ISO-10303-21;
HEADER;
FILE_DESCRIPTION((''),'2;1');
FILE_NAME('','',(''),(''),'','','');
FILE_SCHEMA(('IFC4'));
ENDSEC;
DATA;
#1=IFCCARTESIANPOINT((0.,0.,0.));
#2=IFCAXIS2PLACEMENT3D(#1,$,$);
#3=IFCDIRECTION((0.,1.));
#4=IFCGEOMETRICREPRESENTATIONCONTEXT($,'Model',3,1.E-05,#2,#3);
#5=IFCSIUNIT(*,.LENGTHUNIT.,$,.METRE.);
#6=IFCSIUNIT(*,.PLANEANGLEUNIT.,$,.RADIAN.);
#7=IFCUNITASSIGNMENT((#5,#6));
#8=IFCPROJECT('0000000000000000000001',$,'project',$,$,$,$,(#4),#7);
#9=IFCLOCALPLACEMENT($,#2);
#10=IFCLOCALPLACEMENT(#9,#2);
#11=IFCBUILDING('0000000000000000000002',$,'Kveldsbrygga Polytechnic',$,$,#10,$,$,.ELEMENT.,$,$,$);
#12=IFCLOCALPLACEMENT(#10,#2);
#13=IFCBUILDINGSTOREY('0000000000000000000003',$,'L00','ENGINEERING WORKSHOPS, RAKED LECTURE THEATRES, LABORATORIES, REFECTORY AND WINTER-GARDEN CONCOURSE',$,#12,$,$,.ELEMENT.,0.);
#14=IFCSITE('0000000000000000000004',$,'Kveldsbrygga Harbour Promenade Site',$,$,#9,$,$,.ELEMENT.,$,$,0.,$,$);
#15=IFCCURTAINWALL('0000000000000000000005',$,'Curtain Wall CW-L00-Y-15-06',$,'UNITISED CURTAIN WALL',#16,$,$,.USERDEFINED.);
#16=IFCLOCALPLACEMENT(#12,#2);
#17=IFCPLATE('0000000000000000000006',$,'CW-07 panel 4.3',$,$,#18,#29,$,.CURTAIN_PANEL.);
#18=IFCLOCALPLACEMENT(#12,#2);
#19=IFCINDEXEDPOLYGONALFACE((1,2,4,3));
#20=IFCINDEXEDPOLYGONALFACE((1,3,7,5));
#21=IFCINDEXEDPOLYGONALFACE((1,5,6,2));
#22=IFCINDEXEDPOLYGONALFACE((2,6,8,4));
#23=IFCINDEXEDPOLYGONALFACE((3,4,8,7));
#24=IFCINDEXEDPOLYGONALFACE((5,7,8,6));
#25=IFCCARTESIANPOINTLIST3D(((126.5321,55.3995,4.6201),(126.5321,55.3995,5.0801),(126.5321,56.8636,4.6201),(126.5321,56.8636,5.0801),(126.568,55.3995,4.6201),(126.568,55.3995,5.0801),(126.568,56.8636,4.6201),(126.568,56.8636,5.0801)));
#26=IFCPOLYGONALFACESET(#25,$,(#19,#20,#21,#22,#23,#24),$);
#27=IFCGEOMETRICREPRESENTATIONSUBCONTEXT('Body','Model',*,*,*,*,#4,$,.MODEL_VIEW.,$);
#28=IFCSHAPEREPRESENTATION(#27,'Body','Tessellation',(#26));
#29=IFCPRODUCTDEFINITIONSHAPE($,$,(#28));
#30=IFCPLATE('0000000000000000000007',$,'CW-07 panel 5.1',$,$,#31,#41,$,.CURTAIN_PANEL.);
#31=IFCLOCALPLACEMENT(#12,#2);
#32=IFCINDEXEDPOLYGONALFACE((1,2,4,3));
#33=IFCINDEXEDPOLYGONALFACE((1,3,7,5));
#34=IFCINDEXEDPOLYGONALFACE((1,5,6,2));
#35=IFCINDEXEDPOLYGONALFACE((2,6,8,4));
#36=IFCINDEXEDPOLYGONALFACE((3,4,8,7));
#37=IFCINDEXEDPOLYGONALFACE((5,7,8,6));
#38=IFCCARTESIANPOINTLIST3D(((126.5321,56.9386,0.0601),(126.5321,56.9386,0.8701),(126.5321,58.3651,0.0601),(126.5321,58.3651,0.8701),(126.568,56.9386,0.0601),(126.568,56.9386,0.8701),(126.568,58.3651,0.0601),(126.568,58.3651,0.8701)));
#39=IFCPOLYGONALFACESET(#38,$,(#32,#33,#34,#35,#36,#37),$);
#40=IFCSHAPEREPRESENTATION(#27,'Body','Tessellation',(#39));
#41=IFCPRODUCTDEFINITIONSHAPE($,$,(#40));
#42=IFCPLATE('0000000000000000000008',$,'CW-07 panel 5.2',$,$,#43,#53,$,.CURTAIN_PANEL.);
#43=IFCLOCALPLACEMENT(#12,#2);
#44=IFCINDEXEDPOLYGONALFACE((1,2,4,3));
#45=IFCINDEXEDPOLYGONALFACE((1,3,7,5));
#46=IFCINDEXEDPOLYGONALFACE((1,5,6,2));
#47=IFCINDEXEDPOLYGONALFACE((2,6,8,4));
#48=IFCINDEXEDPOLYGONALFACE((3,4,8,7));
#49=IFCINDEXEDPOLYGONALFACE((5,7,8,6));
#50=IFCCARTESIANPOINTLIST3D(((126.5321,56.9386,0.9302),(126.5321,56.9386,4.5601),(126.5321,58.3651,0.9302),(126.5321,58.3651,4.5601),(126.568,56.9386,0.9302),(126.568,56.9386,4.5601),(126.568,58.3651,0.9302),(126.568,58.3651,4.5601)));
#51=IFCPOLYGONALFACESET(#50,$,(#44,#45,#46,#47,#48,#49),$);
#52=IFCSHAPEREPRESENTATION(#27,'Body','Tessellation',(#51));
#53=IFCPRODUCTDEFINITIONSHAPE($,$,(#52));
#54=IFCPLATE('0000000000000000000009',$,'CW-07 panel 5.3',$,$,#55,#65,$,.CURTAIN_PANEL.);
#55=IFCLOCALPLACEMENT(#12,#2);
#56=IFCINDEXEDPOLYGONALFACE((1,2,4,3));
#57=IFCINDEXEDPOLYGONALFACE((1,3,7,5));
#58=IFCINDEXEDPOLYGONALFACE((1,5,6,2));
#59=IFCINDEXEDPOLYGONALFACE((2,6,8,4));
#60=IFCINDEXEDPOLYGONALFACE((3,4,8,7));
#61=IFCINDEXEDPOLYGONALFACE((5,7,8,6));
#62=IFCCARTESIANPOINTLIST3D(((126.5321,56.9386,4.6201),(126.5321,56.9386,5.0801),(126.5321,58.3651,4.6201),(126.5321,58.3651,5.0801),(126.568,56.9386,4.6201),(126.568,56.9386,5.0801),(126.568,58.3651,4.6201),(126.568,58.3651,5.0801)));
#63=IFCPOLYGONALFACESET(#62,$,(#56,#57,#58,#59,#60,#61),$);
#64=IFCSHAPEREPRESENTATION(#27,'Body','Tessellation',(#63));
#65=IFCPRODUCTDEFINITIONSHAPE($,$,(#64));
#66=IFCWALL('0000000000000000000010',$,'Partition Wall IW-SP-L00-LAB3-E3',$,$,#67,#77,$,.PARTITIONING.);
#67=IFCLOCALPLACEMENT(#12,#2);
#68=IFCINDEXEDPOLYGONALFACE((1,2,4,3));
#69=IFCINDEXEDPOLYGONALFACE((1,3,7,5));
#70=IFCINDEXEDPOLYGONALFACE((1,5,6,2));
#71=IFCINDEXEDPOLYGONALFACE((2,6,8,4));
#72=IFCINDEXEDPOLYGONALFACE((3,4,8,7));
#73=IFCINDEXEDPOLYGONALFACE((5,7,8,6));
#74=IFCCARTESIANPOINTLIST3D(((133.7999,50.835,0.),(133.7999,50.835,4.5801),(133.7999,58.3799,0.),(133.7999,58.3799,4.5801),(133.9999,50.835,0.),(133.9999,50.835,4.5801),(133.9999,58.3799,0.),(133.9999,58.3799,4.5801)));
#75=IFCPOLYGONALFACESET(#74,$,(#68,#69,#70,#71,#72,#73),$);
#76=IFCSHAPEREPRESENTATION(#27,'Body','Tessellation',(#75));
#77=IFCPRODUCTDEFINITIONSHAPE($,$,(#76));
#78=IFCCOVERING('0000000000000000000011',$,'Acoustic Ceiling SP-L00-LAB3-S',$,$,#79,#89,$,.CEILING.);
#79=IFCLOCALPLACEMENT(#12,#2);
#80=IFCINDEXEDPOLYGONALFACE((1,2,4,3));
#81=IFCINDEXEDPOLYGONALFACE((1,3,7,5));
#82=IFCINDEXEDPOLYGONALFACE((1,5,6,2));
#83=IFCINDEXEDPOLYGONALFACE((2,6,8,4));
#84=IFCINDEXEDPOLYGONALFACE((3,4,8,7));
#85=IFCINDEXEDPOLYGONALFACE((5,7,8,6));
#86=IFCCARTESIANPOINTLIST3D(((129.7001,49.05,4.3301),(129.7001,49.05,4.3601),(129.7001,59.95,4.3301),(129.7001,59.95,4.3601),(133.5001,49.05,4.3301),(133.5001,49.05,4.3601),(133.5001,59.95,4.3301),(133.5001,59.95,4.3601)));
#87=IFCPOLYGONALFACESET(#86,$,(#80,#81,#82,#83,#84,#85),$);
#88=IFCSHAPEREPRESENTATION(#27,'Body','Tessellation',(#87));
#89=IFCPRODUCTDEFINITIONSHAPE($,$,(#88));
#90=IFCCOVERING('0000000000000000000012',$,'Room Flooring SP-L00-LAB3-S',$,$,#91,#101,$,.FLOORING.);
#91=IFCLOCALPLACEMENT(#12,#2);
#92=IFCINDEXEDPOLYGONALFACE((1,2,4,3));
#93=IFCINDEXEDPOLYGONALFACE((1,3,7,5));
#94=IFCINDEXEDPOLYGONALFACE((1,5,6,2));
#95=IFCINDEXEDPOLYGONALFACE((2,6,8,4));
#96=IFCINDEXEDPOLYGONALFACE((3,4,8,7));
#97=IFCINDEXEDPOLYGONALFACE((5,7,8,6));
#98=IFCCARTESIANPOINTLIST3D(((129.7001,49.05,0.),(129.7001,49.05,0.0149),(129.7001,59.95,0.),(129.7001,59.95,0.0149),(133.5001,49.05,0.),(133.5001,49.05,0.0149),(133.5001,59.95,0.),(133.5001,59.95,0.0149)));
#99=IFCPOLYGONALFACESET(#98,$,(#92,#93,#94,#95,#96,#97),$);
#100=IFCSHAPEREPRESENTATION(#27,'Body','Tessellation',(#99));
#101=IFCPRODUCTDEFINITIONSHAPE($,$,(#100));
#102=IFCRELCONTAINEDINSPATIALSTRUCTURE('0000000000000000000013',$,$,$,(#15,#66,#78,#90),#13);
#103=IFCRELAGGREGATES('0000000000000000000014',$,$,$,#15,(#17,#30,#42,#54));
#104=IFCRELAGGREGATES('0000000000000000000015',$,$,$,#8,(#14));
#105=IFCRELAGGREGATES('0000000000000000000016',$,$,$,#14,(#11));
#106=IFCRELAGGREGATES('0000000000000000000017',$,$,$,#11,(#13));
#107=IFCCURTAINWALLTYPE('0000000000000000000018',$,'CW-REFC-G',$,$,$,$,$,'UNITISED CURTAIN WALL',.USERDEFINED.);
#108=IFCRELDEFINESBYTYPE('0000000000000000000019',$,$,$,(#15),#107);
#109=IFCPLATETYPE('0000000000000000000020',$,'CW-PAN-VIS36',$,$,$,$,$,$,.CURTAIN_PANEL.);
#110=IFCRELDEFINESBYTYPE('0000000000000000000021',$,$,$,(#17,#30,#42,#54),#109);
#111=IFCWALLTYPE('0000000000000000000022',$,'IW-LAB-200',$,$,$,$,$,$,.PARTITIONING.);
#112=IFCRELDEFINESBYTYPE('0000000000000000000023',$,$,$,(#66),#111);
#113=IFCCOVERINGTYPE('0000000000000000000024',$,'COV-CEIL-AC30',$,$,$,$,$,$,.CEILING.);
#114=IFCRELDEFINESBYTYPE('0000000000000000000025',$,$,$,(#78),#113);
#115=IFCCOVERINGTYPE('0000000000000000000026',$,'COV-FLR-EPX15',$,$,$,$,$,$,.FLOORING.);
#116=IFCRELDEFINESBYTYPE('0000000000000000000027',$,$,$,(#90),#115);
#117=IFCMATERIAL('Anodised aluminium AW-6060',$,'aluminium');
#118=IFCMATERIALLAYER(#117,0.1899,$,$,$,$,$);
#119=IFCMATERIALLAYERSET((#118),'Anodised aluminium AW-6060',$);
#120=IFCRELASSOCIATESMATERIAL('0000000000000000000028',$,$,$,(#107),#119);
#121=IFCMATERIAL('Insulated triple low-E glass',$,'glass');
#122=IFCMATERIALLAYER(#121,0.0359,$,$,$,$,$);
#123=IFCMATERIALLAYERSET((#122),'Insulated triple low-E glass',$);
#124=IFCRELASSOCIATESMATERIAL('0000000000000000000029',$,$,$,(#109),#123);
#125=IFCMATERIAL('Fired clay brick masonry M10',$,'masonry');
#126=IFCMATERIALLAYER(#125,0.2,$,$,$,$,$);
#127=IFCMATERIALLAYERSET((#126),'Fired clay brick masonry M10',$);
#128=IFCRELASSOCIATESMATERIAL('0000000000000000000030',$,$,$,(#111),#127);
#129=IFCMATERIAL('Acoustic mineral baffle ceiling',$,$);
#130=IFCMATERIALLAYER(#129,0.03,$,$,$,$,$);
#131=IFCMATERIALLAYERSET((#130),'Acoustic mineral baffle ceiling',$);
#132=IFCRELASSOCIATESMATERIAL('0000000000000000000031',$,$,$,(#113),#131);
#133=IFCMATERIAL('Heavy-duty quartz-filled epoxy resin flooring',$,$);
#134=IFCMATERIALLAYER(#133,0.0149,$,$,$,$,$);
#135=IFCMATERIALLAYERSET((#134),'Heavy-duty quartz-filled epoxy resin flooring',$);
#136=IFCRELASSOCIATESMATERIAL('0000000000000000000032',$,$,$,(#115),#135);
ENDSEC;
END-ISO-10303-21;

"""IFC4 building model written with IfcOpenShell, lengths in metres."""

from ifc_helpers import new_model, si_unit, direction, frame, frame_2d, origin, origin_2d, place, context, subcontext, project, spatial, rectangle, extrude, material, layer, layer_set, type_object, element, aggregate, save


model = new_model("IFC4")

# Units and contexts
model_context = context("Model", 3, precision=1e-05, world=origin(), true_north=direction((0.0, 1.0)))
body_context = subcontext(model_context, "Body", "Model", "MODEL_VIEW")
ifc_project = project(units=[si_unit("LENGTHUNIT", "METRE"), si_unit("PLANEANGLEUNIT", "RADIAN")], contexts=[model_context])

# Site, building, storey
site_placement = place(None, origin())
site = spatial("IfcSite", under=ifc_project, at=site_placement, Name="Kveldsbrygga Harbour Promenade Site", CompositionType="ELEMENT", RefElevation=0.0)
building_placement = place(site_placement, origin())
building = spatial("IfcBuilding", under=site, at=building_placement, Name="Kveldsbrygga Polytechnic", CompositionType="ELEMENT")
storey_placement = place(building_placement, origin())
storey = spatial("IfcBuildingStorey", under=building, at=storey_placement, Name="L00", Description="ENGINEERING WORKSHOPS, RAKED LECTURE THEATRES, LABORATORIES, REFECTORY AND WINTER-GARDEN CONCOURSE", CompositionType="ELEMENT", Elevation=0.0)

# Curtain wall
ifc_material_1 = material(Name="Anodised aluminium AW-6060", Category="aluminium")
ifc_layer_1 = layer(ifc_material_1, 0.1899)
ifc_layer_set_1 = layer_set([ifc_layer_1], Name="Anodised aluminium AW-6060")
curtain_wall_type = type_object("IfcCurtainWallType", Name="CW-REFC-G", ElementType="UNITISED CURTAIN WALL", PredefinedType="USERDEFINED", material=ifc_layer_set_1)
curtain_wall_placement = place(storey_placement, origin())
curtain_wall = element("IfcCurtainWall", 1, at=curtain_wall_placement, inside=storey, type_object=curtain_wall_type, Name="Curtain Wall CW-L00-Y-15-06", ObjectType="UNITISED CURTAIN WALL", PredefinedType="USERDEFINED")

# Plates
ifc_material_2 = material(Name="Insulated triple low-E glass", Category="glass")
ifc_layer_2 = layer(ifc_material_2, 0.0359)
ifc_layer_set_2 = layer_set([ifc_layer_2], Name="Insulated triple low-E glass")
plate_type = type_object("IfcPlateType", Name="CW-PAN-VIS36", PredefinedType="CURTAIN_PANEL", material=ifc_layer_set_2)
plate_1_placement = place(storey_placement, frame((126.55, 56.1316, 4.6201), z_axis=(0.0, 0.0, 1.0), x_axis=(0.0, 1.0, 0.0)))
plate_1 = element("IfcPlate", 2, at=plate_1_placement, type_object=plate_type, Name="CW-07 panel 4.3", PredefinedType="CURTAIN_PANEL", context=body_context, shape_type="SweptSolid", body=[
    extrude(rectangle(XDim=1.4641, YDim=0.0359, at=origin_2d()), origin(), (0.0, 0.0, 1.0), 0.46),
])
plate_2_placement = place(storey_placement, frame((126.55, 57.6519, 0.0601), z_axis=(0.0, 0.0, 1.0), x_axis=(0.0, 1.0, 0.0)))
plate_2 = element("IfcPlate", 3, at=plate_2_placement, type_object=plate_type, Name="CW-07 panel 5.1", PredefinedType="CURTAIN_PANEL", context=body_context, shape_type="SweptSolid", body=[
    extrude(rectangle(XDim=1.4265, YDim=0.0359, at=origin_2d()), origin(), (0.0, 0.0, 1.0), 0.8101),
])
plate_3_placement = place(storey_placement, frame((126.55, 57.6519, 0.9302), z_axis=(0.0, 0.0, 1.0), x_axis=(0.0, 1.0, 0.0)))
plate_3 = element("IfcPlate", 4, at=plate_3_placement, type_object=plate_type, Name="CW-07 panel 5.2", PredefinedType="CURTAIN_PANEL", context=body_context, shape_type="SweptSolid", body=[
    extrude(rectangle(XDim=1.4265, YDim=0.0359, at=origin_2d()), origin(), (0.0, 0.0, 1.0), 3.6299),
])
plate_4_placement = place(storey_placement, frame((126.55, 57.6519, 4.6201), z_axis=(0.0, 0.0, 1.0), x_axis=(0.0, 1.0, 0.0)))
plate_4 = element("IfcPlate", 5, at=plate_4_placement, type_object=plate_type, Name="CW-07 panel 5.3", PredefinedType="CURTAIN_PANEL", context=body_context, shape_type="SweptSolid", body=[
    extrude(rectangle(XDim=1.4265, YDim=0.0359, at=origin_2d()), origin(), (0.0, 0.0, 1.0), 0.46),
])
aggregate(curtain_wall, [plate_1, plate_2, plate_3, plate_4])

# Wall
ifc_material_3 = material(Name="Fired clay brick masonry M10", Category="masonry")
ifc_layer_3 = layer(ifc_material_3, 0.2)
ifc_layer_set_3 = layer_set([ifc_layer_3], Name="Fired clay brick masonry M10")
wall_type = type_object("IfcWallType", Name="IW-LAB-200", PredefinedType="PARTITIONING", material=ifc_layer_set_3)
wall_placement = place(storey_placement, frame((133.8999, 50.835, 0.0), z_axis=(0.0, 0.0, 1.0), x_axis=(0.0, 1.0, 0.0)))
element("IfcWall", 6, at=wall_placement, inside=storey, type_object=wall_type, Name="Partition Wall IW-SP-L00-LAB3-E3", PredefinedType="PARTITIONING", context=body_context, shape_type="SweptSolid", body=[
    extrude(rectangle(XDim=7.5449, YDim=0.2, at=frame_2d((3.7725, 0.0))), origin(), (0.0, 0.0, 1.0), 4.5801),
])

# Coverings
ifc_material_4 = material(Name="Acoustic mineral baffle ceiling")
ifc_layer_4 = layer(ifc_material_4, 0.03)
ifc_layer_set_4 = layer_set([ifc_layer_4], Name="Acoustic mineral baffle ceiling")
covering_type_1 = type_object("IfcCoveringType", Name="COV-CEIL-AC30", PredefinedType="CEILING", material=ifc_layer_set_4)
covering_1_placement = place(storey_placement, frame((131.6001, 54.5, 4.3301), z_axis=(0.0, 0.0, 1.0), x_axis=(1.0, 0.0, 0.0)))
element("IfcCovering", 7, at=covering_1_placement, inside=storey, type_object=covering_type_1, Name="Acoustic Ceiling SP-L00-LAB3-S", PredefinedType="CEILING", context=body_context, shape_type="SweptSolid", body=[
    extrude(rectangle(XDim=3.8, YDim=10.8999, at=origin_2d()), origin(), (0.0, 0.0, 1.0), 0.03),
])
ifc_material_5 = material(Name="Heavy-duty quartz-filled epoxy resin flooring")
ifc_layer_5 = layer(ifc_material_5, 0.0149)
ifc_layer_set_5 = layer_set([ifc_layer_5], Name="Heavy-duty quartz-filled epoxy resin flooring")
covering_type_2 = type_object("IfcCoveringType", Name="COV-FLR-EPX15", PredefinedType="FLOORING", material=ifc_layer_set_5)
covering_2_placement = place(storey_placement, frame((131.6001, 54.5, 0.0), z_axis=(0.0, 0.0, 1.0), x_axis=(1.0, 0.0, 0.0)))
element("IfcCovering", 8, at=covering_2_placement, inside=storey, type_object=covering_type_2, Name="Room Flooring SP-L00-LAB3-S", PredefinedType="FLOORING", context=body_context, shape_type="SweptSolid", body=[
    extrude(rectangle(XDim=3.8, YDim=10.8999, at=origin_2d()), origin(), (0.0, 0.0, 1.0), 0.0149),
])

save(model, "model.ifc")
